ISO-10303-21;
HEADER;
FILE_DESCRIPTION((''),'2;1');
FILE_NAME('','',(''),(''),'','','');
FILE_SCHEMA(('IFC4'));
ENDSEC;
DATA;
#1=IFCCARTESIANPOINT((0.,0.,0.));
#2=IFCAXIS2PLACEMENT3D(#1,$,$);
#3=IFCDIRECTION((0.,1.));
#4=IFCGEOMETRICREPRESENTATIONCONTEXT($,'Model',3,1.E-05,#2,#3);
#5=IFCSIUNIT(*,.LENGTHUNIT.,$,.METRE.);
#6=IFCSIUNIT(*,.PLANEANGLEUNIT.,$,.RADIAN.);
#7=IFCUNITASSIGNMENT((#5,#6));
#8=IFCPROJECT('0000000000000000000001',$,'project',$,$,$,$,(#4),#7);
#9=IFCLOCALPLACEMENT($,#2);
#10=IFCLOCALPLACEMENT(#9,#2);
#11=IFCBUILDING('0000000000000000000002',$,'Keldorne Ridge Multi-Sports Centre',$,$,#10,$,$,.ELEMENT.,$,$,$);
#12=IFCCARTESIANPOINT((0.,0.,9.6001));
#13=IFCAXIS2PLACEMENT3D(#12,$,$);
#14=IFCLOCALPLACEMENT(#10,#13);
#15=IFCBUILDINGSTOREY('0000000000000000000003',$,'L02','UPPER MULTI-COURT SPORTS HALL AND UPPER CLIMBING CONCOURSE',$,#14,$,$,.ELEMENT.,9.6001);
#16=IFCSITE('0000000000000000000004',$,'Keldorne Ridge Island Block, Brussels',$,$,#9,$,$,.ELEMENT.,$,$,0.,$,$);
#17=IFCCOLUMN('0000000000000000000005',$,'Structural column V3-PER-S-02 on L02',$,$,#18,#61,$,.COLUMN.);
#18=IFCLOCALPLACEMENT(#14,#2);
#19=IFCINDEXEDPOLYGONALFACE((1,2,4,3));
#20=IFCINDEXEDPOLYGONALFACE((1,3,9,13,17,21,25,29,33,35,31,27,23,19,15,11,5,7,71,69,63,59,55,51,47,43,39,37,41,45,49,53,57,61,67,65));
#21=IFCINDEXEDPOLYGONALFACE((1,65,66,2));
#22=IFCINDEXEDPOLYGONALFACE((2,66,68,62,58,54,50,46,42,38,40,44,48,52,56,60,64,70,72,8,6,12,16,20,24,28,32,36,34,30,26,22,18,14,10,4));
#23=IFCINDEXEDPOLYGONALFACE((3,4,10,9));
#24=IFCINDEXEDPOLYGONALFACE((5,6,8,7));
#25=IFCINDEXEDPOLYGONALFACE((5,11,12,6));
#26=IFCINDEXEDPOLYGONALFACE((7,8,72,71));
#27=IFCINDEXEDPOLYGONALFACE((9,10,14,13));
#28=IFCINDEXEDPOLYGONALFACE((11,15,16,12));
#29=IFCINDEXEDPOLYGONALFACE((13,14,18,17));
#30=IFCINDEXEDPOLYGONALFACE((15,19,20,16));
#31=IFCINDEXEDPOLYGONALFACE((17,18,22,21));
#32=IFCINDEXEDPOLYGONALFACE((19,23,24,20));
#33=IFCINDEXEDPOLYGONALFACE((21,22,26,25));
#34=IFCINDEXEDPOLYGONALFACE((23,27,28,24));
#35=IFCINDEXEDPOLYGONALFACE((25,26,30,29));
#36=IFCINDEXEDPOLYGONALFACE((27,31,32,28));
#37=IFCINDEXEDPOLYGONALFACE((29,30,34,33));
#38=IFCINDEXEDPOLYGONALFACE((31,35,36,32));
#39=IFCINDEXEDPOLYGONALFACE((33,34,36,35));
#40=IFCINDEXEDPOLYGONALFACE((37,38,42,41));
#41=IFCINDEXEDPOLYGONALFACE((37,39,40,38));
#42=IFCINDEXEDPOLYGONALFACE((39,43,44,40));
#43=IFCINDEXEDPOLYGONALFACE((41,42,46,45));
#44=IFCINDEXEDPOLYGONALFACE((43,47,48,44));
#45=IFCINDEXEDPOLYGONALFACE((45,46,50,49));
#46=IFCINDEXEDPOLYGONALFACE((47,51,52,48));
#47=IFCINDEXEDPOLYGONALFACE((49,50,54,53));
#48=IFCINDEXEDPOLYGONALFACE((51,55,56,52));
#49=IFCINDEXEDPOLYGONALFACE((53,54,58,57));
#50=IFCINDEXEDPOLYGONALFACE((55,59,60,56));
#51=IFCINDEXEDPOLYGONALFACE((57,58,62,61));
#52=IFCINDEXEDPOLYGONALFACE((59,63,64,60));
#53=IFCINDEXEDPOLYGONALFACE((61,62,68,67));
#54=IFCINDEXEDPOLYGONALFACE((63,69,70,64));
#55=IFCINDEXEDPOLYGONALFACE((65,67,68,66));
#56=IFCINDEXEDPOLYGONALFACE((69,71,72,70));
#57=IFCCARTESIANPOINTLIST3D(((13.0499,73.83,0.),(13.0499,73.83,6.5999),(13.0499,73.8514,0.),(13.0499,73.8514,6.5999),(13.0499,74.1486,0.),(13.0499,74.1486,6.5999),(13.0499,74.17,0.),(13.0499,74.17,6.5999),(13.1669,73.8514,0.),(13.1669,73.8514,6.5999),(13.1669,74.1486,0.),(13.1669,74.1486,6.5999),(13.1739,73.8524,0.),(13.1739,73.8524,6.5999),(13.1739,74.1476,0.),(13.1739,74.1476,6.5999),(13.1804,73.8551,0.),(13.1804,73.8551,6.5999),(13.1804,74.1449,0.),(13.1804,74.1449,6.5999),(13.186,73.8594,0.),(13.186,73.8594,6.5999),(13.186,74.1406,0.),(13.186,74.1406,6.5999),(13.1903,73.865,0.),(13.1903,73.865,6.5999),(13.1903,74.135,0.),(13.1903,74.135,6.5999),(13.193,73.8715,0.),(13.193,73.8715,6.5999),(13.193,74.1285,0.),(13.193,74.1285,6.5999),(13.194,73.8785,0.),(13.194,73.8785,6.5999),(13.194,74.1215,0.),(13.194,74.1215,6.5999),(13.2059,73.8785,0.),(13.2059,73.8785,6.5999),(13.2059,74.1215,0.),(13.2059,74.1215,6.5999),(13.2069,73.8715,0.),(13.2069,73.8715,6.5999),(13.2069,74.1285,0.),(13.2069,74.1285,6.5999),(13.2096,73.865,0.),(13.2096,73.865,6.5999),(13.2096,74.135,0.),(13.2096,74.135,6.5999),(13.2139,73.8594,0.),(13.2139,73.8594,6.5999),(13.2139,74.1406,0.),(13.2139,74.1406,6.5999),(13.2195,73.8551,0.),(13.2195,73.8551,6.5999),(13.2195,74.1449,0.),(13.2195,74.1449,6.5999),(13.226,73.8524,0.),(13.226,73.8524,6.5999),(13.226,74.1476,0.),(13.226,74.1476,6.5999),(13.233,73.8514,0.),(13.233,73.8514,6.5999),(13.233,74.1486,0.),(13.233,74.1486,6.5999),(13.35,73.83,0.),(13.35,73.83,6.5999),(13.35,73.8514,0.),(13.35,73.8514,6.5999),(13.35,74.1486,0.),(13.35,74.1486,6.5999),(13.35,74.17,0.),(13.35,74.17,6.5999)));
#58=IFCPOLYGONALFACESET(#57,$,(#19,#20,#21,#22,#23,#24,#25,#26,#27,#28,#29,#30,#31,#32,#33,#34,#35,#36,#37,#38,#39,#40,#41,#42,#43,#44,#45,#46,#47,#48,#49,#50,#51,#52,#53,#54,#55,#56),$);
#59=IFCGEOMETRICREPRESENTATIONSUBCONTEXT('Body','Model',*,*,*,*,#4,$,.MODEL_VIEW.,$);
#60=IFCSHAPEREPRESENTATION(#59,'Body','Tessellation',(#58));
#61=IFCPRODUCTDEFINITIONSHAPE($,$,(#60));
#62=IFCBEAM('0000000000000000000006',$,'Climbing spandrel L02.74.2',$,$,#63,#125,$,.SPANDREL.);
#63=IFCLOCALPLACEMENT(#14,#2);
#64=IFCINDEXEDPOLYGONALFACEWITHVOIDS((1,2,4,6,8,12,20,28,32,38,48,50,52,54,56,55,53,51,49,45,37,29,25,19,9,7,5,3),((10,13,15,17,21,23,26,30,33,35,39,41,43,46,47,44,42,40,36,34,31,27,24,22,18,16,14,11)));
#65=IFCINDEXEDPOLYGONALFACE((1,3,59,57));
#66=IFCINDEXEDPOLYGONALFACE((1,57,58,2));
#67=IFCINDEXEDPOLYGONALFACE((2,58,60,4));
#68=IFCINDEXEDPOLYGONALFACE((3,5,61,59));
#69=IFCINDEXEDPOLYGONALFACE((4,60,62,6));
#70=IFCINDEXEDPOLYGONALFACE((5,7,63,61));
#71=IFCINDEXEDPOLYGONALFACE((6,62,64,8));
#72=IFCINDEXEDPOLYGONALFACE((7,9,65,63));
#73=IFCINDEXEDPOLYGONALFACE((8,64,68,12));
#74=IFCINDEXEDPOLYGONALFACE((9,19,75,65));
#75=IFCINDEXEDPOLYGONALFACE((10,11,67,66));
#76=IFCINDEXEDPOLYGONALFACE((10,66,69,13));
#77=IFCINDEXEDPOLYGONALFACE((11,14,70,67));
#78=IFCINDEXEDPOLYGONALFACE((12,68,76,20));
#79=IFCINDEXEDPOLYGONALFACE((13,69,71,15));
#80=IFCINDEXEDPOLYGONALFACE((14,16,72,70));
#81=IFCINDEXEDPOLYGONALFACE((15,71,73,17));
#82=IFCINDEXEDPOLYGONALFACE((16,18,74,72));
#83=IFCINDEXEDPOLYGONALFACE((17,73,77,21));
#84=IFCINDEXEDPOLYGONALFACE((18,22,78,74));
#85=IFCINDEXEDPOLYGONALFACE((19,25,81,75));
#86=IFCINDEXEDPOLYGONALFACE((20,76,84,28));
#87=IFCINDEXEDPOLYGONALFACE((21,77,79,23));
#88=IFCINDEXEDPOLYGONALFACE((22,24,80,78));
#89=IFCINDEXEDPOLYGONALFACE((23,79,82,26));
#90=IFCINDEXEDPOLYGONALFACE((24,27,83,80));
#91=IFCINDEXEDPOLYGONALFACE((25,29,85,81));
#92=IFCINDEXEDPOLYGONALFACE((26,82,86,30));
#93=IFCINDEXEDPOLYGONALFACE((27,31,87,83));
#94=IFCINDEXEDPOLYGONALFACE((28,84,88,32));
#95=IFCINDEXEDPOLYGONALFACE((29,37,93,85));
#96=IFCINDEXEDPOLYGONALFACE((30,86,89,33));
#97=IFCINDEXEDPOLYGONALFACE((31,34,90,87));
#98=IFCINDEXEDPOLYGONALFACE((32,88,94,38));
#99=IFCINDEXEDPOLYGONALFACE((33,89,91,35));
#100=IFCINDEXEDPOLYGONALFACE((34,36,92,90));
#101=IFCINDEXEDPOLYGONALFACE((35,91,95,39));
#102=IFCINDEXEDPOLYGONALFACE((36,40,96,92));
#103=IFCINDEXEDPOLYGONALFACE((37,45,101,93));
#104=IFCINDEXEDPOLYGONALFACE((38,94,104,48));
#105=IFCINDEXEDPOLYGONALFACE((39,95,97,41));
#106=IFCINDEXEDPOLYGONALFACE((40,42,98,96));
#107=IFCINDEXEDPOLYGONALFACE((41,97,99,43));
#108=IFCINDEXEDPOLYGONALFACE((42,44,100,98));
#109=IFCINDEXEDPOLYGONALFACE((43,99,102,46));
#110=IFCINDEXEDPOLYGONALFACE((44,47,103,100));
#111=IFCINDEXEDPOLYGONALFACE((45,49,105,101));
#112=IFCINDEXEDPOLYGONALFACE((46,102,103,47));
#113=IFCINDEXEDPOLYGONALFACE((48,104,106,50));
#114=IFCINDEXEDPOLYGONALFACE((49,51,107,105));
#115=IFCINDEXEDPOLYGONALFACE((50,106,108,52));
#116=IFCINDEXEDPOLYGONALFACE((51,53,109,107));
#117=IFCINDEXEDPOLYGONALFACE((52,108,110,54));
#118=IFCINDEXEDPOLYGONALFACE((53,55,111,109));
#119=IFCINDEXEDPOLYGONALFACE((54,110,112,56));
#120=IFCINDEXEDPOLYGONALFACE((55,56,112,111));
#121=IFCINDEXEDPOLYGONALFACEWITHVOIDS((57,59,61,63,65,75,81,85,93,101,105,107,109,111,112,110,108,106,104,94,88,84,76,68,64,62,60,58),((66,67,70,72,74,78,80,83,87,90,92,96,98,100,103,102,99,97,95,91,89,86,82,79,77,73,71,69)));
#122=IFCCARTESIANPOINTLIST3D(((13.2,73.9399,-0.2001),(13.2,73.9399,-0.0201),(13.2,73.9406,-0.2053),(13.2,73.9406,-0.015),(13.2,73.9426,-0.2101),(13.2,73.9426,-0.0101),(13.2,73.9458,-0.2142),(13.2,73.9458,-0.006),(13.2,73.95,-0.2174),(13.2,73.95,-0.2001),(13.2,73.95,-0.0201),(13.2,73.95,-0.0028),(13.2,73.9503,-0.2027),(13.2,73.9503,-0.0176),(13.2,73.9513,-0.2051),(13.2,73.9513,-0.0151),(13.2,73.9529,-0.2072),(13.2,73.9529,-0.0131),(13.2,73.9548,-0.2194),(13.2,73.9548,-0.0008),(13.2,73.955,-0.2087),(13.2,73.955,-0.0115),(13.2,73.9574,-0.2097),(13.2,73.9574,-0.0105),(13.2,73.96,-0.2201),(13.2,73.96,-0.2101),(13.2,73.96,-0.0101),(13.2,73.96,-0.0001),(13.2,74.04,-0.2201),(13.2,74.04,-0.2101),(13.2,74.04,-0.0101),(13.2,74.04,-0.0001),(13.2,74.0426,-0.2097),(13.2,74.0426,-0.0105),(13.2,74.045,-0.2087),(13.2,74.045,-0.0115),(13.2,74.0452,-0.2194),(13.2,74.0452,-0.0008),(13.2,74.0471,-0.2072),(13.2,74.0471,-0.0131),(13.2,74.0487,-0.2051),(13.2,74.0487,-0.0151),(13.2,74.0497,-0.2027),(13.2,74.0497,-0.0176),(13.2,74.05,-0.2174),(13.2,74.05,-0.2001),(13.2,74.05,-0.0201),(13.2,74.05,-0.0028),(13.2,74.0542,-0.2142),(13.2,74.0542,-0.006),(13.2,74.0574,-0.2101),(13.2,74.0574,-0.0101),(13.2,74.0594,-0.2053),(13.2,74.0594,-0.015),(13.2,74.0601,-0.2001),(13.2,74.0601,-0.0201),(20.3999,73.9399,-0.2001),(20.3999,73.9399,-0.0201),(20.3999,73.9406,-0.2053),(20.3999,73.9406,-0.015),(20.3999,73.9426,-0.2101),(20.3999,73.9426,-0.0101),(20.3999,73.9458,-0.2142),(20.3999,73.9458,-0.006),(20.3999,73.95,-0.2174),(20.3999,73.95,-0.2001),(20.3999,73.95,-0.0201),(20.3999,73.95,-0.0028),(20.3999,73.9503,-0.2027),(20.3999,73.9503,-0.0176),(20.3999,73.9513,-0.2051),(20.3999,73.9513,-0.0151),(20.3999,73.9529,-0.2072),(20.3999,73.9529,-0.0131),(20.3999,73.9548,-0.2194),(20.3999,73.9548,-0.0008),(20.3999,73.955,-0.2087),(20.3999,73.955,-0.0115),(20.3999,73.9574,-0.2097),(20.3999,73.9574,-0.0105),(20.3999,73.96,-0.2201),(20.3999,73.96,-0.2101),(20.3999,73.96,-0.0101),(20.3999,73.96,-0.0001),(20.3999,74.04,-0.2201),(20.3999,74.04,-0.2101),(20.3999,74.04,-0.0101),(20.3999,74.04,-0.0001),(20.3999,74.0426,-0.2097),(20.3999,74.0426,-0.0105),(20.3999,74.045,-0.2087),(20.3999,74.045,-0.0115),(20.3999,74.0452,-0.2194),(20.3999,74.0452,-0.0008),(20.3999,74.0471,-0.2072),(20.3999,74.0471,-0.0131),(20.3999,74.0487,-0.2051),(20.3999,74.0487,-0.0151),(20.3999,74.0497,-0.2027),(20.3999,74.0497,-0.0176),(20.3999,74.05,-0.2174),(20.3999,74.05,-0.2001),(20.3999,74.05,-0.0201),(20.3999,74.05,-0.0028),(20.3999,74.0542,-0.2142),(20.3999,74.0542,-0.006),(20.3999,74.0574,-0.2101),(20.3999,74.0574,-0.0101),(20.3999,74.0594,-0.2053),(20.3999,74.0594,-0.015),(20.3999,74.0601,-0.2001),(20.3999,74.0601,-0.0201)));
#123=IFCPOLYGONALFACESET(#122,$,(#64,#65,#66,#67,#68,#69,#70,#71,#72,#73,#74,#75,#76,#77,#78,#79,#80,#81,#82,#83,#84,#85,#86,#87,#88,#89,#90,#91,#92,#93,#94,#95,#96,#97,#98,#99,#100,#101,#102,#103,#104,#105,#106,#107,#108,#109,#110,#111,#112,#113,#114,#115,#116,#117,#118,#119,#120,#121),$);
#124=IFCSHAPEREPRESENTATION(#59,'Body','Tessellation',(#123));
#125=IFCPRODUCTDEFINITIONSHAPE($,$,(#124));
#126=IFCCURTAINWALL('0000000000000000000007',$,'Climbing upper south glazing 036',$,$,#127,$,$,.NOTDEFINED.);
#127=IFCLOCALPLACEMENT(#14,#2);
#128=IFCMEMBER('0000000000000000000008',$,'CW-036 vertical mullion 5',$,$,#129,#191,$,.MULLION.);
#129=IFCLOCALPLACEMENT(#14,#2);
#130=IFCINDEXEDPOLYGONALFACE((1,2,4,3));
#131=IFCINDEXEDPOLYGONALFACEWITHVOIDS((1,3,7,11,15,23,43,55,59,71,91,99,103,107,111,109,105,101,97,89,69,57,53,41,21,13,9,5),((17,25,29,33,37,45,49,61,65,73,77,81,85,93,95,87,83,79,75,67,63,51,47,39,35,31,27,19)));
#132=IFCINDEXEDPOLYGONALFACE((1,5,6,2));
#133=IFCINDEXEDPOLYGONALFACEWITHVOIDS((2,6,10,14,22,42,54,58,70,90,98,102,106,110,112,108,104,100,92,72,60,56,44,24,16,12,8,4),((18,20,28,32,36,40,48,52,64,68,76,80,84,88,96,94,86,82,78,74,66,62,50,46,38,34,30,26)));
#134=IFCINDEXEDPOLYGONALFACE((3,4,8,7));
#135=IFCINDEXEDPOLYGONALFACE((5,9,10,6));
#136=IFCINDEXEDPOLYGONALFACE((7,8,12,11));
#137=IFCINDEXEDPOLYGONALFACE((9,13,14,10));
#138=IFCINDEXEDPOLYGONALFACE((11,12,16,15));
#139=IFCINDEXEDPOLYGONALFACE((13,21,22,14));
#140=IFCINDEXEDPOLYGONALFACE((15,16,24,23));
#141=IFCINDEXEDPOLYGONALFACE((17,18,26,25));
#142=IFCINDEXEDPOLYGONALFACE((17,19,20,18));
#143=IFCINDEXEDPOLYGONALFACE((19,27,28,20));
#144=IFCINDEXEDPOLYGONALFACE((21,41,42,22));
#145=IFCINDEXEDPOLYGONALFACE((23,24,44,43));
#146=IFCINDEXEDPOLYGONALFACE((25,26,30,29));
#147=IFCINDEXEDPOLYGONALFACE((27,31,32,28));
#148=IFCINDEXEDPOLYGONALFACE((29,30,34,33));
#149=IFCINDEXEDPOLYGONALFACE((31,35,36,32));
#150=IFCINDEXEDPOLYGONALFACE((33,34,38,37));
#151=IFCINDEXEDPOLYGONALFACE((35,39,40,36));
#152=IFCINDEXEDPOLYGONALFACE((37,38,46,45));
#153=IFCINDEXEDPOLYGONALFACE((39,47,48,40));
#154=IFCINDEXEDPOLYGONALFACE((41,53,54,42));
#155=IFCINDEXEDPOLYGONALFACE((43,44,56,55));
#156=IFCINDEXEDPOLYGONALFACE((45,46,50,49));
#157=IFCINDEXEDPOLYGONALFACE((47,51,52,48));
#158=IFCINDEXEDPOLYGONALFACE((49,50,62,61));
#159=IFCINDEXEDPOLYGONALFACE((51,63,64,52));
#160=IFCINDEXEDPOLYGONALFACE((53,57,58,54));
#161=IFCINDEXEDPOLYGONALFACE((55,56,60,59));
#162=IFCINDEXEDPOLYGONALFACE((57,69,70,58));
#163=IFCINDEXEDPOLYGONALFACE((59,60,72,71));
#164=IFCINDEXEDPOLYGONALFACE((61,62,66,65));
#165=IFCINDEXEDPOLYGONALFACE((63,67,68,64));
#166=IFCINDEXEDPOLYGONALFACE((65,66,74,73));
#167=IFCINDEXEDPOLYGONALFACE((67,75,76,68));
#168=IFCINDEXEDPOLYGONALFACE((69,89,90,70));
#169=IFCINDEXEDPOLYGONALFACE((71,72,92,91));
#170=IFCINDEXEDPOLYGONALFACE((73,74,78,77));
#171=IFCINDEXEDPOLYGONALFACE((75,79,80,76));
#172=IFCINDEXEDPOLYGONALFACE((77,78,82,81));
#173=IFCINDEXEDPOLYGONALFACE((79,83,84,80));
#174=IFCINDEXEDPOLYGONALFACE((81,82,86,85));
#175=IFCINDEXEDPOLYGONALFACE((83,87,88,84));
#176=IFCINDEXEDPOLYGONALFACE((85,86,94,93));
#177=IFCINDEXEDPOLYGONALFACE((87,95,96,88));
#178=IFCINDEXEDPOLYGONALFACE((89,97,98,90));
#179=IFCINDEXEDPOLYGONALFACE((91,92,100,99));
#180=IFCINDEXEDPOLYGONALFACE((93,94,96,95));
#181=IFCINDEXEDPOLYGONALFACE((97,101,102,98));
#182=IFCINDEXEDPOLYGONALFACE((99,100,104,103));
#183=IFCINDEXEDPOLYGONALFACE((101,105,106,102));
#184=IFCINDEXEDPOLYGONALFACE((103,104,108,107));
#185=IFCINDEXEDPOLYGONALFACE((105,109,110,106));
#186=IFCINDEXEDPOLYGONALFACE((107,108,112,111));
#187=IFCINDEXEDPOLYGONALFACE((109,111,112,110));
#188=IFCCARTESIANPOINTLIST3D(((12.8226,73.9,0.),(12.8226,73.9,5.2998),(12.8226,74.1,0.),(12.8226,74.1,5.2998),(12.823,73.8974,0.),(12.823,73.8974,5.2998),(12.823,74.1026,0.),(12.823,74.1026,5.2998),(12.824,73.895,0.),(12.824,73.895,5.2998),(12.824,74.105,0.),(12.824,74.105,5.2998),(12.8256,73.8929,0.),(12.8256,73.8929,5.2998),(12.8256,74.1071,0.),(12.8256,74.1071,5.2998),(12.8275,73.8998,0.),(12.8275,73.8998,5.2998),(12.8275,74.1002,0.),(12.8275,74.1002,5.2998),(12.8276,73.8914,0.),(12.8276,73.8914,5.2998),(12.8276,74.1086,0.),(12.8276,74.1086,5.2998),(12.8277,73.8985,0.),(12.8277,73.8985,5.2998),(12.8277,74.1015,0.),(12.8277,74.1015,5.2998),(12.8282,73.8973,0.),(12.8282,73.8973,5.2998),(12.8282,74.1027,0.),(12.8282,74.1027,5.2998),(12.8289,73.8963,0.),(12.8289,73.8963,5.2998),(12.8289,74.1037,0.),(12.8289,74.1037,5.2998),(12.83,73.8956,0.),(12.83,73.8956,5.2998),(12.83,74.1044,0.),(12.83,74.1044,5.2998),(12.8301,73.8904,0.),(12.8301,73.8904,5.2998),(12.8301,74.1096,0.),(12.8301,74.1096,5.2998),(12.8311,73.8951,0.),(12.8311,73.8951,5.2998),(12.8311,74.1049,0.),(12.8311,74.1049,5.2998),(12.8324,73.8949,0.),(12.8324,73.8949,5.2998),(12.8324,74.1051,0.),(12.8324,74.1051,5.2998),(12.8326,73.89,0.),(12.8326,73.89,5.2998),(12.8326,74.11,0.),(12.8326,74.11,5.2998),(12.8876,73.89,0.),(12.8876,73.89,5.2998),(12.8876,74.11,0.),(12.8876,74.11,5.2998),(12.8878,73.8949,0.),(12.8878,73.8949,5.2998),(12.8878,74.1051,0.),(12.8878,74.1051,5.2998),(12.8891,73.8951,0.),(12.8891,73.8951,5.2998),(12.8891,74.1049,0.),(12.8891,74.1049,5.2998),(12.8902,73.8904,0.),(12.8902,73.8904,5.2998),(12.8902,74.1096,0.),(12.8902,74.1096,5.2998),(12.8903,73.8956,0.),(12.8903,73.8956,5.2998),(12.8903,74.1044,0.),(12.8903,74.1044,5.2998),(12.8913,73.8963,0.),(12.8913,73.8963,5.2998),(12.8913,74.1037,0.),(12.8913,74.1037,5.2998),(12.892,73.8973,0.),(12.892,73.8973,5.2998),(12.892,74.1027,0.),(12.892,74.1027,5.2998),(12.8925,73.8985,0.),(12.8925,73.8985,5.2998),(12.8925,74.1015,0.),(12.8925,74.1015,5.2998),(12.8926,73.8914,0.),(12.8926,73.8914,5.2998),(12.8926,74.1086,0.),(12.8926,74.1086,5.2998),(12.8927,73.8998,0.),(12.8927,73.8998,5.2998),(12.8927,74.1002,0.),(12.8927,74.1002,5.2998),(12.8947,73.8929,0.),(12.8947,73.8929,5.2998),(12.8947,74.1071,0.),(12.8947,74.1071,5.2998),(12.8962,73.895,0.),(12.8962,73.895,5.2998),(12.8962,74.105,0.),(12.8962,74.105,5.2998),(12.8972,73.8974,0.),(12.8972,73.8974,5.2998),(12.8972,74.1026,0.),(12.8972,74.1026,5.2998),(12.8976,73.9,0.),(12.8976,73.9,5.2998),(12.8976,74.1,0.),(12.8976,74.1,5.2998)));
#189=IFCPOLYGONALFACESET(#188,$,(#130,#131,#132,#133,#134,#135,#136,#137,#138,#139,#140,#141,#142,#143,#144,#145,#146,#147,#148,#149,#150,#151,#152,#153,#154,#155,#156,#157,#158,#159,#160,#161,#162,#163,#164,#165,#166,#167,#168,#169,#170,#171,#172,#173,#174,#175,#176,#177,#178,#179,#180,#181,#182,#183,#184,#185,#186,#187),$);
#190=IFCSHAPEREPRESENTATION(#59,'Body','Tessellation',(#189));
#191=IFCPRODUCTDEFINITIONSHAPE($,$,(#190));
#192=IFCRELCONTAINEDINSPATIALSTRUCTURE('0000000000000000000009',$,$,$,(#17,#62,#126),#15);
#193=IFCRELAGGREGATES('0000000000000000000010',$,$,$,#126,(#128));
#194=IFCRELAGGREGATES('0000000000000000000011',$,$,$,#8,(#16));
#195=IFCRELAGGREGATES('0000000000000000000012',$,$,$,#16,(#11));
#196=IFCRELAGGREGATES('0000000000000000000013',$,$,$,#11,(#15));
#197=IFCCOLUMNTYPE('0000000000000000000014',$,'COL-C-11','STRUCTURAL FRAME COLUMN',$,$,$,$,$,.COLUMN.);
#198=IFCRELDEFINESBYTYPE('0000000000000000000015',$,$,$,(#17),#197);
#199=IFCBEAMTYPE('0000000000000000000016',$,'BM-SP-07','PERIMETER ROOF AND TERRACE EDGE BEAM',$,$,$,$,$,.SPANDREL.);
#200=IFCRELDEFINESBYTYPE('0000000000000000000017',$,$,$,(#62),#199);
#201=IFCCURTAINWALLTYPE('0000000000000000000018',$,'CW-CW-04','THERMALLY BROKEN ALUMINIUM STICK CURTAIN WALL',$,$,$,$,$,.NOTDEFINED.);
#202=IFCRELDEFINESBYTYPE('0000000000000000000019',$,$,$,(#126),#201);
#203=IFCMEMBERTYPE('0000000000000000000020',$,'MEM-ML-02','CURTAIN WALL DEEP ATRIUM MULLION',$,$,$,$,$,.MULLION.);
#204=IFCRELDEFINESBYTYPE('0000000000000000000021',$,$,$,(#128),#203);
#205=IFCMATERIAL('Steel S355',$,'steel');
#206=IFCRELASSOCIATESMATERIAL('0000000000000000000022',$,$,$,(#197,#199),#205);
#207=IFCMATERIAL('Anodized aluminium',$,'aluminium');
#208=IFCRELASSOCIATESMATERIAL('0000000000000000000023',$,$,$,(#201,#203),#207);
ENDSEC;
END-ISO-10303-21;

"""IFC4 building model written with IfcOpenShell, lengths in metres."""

from ifc_helpers import new_model, si_unit, direction, frame, origin, origin_2d, place, context, subcontext, project, spatial, hollow_rectangle, i_section, extrude, material, material_profile, profile_set, type_object, element, aggregate, save


model = new_model("IFC4")

# Units and contexts
model_context = context("Model", 3, precision=1e-05, world=origin(), true_north=direction((0.0, 1.0)))
body_context = subcontext(model_context, "Body", "Model", "MODEL_VIEW")
ifc_project = project(units=[si_unit("LENGTHUNIT", "METRE"), si_unit("PLANEANGLEUNIT", "RADIAN")], contexts=[model_context])

# Site, building, storey
site_placement = place(None, origin())
site = spatial("IfcSite", under=ifc_project, at=site_placement, Name="Keldorne Ridge Island Block, Brussels", CompositionType="ELEMENT", RefElevation=0.0)
building_placement = place(site_placement, origin())
building = spatial("IfcBuilding", under=site, at=building_placement, Name="Keldorne Ridge Multi-Sports Centre", CompositionType="ELEMENT")
storey_placement = place(building_placement, frame((0.0, 0.0, 9.6001)))
storey = spatial("IfcBuildingStorey", under=building, at=storey_placement, Name="L02", Description="UPPER MULTI-COURT SPORTS HALL AND UPPER CLIMBING CONCOURSE", CompositionType="ELEMENT", Elevation=9.6001)

# Column
ifc_material_1 = material(Name="Steel S355", Category="steel")
ifc_material_profile_1 = material_profile(ifc_material_1, i_section(OverallWidth=0.3, OverallDepth=0.3401, WebThickness=0.012, FlangeThickness=0.0215, FilletRadius=0.0271, at=origin_2d()), Name="HEB 340")
ifc_profile_set_1 = profile_set([ifc_material_profile_1], Name="Steel S355")
column_type = type_object("IfcColumnType", Name="COL-C-11", Description="STRUCTURAL FRAME COLUMN", PredefinedType="COLUMN", material=ifc_profile_set_1)
column_placement = place(storey_placement, frame((13.2, 74.0, 0.0), z_axis=(0.0, 0.0, 1.0), x_axis=(1.0, 0.0, 0.0)))
element("IfcColumn", 1, at=column_placement, inside=storey, type_object=column_type, Name="Structural column V3-PER-S-02 on L02", PredefinedType="COLUMN", context=body_context, shape_type="SweptSolid", body=[
    extrude(i_section(OverallWidth=0.3, OverallDepth=0.3401, WebThickness=0.012, FlangeThickness=0.0215, FilletRadius=0.0271, at=origin_2d()), origin(), (0.0, 0.0, 1.0), 6.5999),
])

# Beam
ifc_material_profile_2 = material_profile(ifc_material_1, hollow_rectangle(XDim=0.1201, YDim=0.22, WallThickness=0.01, InnerFilletRadius=0.01, OuterFilletRadius=0.02, at=origin_2d()), Name="RHS 220x120x10")
ifc_profile_set_2 = profile_set([ifc_material_profile_2], Name="Steel S355")
beam_type = type_object("IfcBeamType", Name="BM-SP-07", Description="PERIMETER ROOF AND TERRACE EDGE BEAM", PredefinedType="SPANDREL", material=ifc_profile_set_2)
beam_placement = place(storey_placement, frame((13.2, 74.0, -0.1101), z_axis=(1.0, 0.0, 0.0), x_axis=(0.0, 1.0, 0.0)))
element("IfcBeam", 2, at=beam_placement, inside=storey, type_object=beam_type, Name="Climbing spandrel L02.74.2", PredefinedType="SPANDREL", context=body_context, shape_type="SweptSolid", body=[
    extrude(hollow_rectangle(XDim=0.1201, YDim=0.22, WallThickness=0.01, InnerFilletRadius=0.01, OuterFilletRadius=0.02, at=origin_2d()), origin(), (0.0, 0.0, 1.0), 7.2),
])

# Curtain wall, member
ifc_material_2 = material(Name="Anodized aluminium", Category="aluminium")
curtain_wall_type_1 = type_object("IfcCurtainWallType", Name="CW-CW-04", Description="THERMALLY BROKEN ALUMINIUM STICK CURTAIN WALL", PredefinedType="NOTDEFINED", material=ifc_material_2)
curtain_wall_1_placement = place(storey_placement, origin())
curtain_wall_1 = element("IfcCurtainWall", 3, at=curtain_wall_1_placement, inside=storey, type_object=curtain_wall_type_1, Name="Climbing upper south glazing 036", PredefinedType="NOTDEFINED")
ifc_material_profile_3 = material_profile(ifc_material_2, hollow_rectangle(XDim=0.075, YDim=0.22, WallThickness=0.0049, InnerFilletRadius=0.0049, OuterFilletRadius=0.01, at=origin_2d()), Name="ALU MULLION 220x75x5")
ifc_profile_set_3 = profile_set([ifc_material_profile_3], Name="Anodized aluminium")
member_type_1 = type_object("IfcMemberType", Name="MEM-ML-02", Description="CURTAIN WALL DEEP ATRIUM MULLION", PredefinedType="MULLION", material=ifc_profile_set_3)
member_1_placement = place(storey_placement, frame((12.8601, 74.0, 0.0), z_axis=(0.0, 0.0, 1.0), x_axis=(1.0, 0.0, 0.0)))
member_1 = element("IfcMember", 4, at=member_1_placement, type_object=member_type_1, Name="CW-036 vertical mullion 5", PredefinedType="MULLION", context=body_context, shape_type="SweptSolid", body=[
    extrude(hollow_rectangle(XDim=0.075, YDim=0.22, WallThickness=0.0049, InnerFilletRadius=0.0049, OuterFilletRadius=0.01, at=origin_2d()), origin(), (0.0, 0.0, 1.0), 5.2998),
])
aggregate(curtain_wall_1, [member_1])

save(model, "model.ifc")
